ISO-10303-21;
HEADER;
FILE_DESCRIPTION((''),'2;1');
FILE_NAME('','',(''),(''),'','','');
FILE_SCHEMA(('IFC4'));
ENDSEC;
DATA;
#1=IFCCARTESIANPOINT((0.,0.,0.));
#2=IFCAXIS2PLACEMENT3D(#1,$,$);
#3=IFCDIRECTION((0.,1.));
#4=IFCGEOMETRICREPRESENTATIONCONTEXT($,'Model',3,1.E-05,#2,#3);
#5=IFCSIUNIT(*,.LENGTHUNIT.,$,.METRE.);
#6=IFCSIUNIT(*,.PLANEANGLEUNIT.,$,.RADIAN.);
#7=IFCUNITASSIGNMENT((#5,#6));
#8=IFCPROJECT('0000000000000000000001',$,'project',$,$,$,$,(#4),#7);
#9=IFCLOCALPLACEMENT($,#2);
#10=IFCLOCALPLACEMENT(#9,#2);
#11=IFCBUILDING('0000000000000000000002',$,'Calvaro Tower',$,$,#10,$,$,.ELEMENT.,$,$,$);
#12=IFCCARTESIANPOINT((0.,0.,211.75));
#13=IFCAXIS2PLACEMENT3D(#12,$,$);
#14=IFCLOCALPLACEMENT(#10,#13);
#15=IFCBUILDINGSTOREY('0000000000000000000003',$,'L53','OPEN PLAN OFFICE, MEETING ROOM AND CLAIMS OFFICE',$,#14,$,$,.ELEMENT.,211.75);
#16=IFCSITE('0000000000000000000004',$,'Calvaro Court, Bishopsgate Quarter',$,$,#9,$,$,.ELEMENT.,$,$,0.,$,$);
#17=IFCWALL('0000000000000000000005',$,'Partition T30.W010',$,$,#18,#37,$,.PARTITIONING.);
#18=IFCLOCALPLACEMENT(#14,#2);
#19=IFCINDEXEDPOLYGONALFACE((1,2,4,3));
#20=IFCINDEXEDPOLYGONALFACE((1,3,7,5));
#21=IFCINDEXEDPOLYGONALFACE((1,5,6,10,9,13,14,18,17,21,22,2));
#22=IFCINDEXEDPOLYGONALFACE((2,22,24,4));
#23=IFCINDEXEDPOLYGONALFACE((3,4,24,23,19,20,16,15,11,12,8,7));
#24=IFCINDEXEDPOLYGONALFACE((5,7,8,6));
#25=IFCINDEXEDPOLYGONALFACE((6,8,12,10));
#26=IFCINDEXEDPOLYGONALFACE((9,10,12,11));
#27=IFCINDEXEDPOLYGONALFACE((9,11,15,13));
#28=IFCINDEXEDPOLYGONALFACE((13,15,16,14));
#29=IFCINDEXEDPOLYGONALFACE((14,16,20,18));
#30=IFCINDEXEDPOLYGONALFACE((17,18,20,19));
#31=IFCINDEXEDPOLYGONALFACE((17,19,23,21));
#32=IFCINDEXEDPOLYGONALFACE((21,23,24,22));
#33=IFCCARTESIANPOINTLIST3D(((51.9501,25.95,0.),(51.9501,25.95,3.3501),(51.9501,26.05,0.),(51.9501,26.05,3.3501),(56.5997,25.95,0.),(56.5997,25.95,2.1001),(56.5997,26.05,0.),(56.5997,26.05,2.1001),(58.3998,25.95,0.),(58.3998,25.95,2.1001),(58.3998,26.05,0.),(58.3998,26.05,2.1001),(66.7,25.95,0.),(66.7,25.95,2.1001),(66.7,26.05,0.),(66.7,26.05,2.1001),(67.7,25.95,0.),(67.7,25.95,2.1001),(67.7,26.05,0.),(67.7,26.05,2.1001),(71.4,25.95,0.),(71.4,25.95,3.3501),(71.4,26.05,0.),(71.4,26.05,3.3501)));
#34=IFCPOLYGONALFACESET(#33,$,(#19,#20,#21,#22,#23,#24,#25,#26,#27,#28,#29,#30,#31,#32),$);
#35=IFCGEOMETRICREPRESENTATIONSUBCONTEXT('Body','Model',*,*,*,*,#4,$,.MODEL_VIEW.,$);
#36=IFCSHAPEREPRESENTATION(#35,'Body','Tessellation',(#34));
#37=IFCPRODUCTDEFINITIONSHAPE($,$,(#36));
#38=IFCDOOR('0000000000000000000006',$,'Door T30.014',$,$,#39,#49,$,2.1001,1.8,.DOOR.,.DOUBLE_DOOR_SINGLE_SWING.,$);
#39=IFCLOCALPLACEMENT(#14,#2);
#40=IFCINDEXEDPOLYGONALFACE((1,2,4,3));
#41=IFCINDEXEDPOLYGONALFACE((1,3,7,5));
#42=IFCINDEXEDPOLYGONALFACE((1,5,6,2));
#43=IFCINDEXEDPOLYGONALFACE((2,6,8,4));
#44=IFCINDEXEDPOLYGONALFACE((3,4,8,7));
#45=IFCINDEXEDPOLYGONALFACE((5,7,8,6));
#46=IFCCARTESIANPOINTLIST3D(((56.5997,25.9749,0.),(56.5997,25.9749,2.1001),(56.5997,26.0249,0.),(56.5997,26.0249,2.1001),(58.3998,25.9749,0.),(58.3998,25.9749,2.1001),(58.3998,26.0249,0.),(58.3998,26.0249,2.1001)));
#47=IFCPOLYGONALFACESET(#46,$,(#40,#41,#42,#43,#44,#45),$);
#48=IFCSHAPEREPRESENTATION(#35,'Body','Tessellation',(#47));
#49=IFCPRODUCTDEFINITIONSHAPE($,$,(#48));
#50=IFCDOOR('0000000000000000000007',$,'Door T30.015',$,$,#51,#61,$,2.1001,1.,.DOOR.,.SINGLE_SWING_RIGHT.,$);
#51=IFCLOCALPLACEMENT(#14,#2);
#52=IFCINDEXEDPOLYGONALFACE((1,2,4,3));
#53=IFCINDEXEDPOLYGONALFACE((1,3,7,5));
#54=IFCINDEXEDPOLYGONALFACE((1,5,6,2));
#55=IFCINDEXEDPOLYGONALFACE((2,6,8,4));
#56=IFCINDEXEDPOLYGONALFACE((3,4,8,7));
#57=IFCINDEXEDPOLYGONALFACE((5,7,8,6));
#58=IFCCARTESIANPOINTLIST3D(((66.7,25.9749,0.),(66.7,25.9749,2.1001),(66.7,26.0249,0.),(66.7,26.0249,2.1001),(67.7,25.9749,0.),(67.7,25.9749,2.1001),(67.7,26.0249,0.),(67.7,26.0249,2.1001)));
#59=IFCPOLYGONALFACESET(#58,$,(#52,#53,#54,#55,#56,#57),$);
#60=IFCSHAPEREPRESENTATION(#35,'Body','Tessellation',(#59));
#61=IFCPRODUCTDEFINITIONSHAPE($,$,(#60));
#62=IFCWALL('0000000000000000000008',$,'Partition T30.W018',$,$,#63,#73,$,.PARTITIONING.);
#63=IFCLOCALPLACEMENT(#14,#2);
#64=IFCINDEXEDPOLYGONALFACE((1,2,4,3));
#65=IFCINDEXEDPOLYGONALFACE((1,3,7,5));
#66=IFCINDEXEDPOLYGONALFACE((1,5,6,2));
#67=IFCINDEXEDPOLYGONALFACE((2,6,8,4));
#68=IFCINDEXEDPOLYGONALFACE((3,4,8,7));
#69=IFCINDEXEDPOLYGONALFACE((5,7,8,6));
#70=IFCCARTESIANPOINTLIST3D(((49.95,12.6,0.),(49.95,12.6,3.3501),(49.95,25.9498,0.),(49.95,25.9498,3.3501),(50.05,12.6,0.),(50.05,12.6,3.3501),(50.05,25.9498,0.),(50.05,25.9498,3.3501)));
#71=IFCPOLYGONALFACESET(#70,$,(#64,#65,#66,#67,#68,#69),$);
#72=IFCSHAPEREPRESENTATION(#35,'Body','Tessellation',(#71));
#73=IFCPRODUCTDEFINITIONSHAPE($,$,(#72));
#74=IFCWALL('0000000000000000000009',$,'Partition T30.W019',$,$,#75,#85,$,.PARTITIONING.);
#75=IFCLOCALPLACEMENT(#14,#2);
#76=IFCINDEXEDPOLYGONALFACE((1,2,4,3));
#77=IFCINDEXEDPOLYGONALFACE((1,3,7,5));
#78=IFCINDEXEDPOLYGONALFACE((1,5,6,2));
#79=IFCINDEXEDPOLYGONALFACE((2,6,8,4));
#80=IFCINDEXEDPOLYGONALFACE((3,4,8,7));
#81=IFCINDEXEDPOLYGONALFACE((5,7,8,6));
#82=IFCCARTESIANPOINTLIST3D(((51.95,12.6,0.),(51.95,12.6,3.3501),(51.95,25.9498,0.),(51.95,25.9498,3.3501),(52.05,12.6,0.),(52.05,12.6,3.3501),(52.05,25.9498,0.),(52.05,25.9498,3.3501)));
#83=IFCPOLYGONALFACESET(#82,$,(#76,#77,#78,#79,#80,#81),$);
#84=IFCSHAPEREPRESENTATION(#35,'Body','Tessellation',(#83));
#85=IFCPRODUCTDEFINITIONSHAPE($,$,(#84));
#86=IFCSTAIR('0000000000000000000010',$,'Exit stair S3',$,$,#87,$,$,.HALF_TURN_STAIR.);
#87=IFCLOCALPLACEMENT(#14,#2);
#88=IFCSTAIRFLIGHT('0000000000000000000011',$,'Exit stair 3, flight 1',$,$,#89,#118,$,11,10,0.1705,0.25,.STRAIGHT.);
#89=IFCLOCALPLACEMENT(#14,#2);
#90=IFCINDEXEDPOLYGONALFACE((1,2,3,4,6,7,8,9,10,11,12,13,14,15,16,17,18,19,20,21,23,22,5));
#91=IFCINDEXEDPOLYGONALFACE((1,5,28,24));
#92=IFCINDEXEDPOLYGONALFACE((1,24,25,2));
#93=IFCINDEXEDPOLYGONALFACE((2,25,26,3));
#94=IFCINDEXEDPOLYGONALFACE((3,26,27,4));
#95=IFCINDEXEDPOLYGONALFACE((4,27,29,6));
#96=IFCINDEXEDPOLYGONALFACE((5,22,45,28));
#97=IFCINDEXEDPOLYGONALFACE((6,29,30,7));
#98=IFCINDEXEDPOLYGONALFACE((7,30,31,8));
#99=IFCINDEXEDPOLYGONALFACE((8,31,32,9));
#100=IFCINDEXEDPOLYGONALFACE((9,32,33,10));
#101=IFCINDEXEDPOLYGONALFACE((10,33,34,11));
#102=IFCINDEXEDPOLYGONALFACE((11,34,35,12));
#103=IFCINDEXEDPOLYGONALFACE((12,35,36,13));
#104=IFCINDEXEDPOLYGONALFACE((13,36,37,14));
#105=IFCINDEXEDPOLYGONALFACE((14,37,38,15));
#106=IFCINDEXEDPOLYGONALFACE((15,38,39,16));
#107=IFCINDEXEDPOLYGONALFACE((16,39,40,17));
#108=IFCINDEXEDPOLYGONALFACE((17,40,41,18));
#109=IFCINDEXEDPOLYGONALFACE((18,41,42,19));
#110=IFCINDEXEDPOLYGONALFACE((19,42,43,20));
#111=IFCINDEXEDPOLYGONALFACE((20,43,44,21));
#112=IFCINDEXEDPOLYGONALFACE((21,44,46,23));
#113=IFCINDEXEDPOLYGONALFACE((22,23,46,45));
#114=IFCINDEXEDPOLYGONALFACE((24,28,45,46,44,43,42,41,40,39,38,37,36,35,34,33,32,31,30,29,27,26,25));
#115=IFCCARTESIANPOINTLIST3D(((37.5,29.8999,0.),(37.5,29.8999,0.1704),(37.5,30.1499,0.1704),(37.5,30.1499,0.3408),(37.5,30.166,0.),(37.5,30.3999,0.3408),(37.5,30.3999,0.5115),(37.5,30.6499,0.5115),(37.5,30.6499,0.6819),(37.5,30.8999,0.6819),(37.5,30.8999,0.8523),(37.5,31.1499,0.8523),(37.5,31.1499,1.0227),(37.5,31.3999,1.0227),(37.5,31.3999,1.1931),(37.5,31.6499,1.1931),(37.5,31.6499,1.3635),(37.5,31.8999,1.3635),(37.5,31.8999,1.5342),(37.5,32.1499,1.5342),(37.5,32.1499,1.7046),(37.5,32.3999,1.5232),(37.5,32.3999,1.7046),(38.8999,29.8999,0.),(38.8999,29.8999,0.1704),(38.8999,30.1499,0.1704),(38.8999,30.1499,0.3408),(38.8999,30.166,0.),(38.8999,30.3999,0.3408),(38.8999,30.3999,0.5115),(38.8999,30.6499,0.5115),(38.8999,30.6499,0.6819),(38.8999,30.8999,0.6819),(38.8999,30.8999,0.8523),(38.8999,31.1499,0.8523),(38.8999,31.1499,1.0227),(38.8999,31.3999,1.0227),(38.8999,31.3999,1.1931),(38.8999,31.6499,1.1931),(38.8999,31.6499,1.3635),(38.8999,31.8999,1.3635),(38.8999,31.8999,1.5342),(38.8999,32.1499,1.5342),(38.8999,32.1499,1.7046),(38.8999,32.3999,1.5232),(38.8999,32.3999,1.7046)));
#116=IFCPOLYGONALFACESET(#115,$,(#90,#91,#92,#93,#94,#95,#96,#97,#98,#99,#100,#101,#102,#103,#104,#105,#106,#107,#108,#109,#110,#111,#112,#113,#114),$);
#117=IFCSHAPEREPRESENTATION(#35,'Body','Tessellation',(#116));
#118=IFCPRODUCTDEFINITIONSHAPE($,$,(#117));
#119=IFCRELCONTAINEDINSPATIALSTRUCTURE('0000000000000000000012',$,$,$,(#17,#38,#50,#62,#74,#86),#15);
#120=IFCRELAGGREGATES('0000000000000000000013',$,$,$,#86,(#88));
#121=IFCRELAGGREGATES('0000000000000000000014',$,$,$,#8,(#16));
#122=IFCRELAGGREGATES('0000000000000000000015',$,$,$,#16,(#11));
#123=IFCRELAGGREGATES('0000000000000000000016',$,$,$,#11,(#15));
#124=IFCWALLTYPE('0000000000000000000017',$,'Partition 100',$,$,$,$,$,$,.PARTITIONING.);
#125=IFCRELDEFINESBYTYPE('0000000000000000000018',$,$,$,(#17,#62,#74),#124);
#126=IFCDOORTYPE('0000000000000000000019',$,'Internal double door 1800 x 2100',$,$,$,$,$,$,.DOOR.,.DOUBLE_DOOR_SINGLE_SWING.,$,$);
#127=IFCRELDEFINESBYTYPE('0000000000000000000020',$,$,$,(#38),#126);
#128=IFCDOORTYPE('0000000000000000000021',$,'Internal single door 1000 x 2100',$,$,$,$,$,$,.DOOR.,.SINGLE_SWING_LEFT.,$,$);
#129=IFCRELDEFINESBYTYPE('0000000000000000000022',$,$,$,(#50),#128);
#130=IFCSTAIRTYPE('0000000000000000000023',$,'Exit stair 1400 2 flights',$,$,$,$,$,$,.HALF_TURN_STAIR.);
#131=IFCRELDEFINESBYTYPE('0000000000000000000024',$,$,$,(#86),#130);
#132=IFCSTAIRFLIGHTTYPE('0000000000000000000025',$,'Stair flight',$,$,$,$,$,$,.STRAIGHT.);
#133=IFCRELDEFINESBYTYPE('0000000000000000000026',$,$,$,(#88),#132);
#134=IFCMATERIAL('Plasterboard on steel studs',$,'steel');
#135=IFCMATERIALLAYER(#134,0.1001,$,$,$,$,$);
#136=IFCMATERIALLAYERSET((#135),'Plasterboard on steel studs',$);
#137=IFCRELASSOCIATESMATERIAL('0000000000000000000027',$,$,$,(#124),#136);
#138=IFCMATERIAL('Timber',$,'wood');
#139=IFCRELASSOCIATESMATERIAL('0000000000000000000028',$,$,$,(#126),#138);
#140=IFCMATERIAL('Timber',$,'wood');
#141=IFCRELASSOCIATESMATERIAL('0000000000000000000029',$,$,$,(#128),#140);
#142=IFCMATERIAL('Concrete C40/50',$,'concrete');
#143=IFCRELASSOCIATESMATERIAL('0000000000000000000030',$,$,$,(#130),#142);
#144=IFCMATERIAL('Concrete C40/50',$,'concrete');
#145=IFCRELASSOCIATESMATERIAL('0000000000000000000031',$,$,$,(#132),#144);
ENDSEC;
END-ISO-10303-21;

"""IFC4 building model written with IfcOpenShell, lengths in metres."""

from ifc_helpers import new_model, si_unit, direction, frame, frame_2d, origin, place, context, subcontext, project, spatial, polyline, rectangle, outline, extrude, material, layer, layer_set, type_object, element, fill, aggregate, save


model = new_model("IFC4")

# Units and contexts
model_context = context("Model", 3, precision=1e-05, world=origin(), true_north=direction((0.0, 1.0)))
body_context = subcontext(model_context, "Body", "Model", "MODEL_VIEW")
ifc_project = project(units=[si_unit("LENGTHUNIT", "METRE"), si_unit("PLANEANGLEUNIT", "RADIAN")], contexts=[model_context])

# Site, building, storey
site_placement = place(None, origin())
site = spatial("IfcSite", under=ifc_project, at=site_placement, Name="Calvaro Court, Bishopsgate Quarter", CompositionType="ELEMENT", RefElevation=0.0)
building_placement = place(site_placement, origin())
building = spatial("IfcBuilding", under=site, at=building_placement, Name="Calvaro Tower", CompositionType="ELEMENT")
storey_placement = place(building_placement, frame((0.0, 0.0, 211.75)))
storey = spatial("IfcBuildingStorey", under=building, at=storey_placement, Name="L53", Description="OPEN PLAN OFFICE, MEETING ROOM AND CLAIMS OFFICE", CompositionType="ELEMENT", Elevation=211.75)

# Shared definitions
ifc_material_1 = material(Name="Plasterboard on steel studs", Category="steel")
ifc_layer_1 = layer(ifc_material_1, 0.1001)
ifc_layer_set_1 = layer_set([ifc_layer_1], Name="Plasterboard on steel studs")
wall_type_1 = type_object("IfcWallType", Name="Partition 100", PredefinedType="PARTITIONING", material=ifc_layer_set_1)
ifc_material_2 = material(Name="Timber", Category="wood")
door_type_1 = type_object("IfcDoorType", Name="Internal double door 1800 x 2100", OperationType="DOUBLE_DOOR_SINGLE_SWING", PredefinedType="DOOR", material=ifc_material_2)
ifc_material_3 = material(Name="Timber", Category="wood")
door_type_2 = type_object("IfcDoorType", Name="Internal single door 1000 x 2100", OperationType="SINGLE_SWING_LEFT", PredefinedType="DOOR", material=ifc_material_3)

# Wall, openings, doors
wall_1_placement = place(storey_placement, frame((51.95, 26.0, 0.0), z_axis=(0.0, 0.0, 1.0), x_axis=(1.0, 0.0, 0.0)))
wall_1 = element("IfcWall", 1, at=wall_1_placement, inside=storey, type_object=wall_type_1, Name="Partition T30.W010", PredefinedType="PARTITIONING", context=body_context, shape_type="SweptSolid", body=[
    extrude(rectangle(XDim=19.45, YDim=0.1001, at=frame_2d((9.7251, 0.0))), origin(), (0.0, 0.0, 1.0), 3.3501),
])
opening_1_placement = place(wall_1_placement, frame((4.6499, 0.0, 0.0)))
opening_1 = element("IfcOpeningElement", 2, at=opening_1_placement, cuts=wall_1, PredefinedType="OPENING", context=body_context, shape_type="SweptSolid", body=[
    extrude(rectangle(XDim=1.8, YDim=2.1001, at=frame_2d((0.8999, 1.05))), frame((0.0, 0.0601, 0.0), z_axis=(0.0, -1.0, 0.0), x_axis=(1.0, 0.0, 0.0)), (0.0, 0.0, 1.0), 0.1201),
])
opening_2_placement = place(wall_1_placement, frame((14.75, 0.0, 0.0)))
opening_2 = element("IfcOpeningElement", 3, at=opening_2_placement, cuts=wall_1, PredefinedType="OPENING", context=body_context, shape_type="SweptSolid", body=[
    extrude(rectangle(XDim=1.0, YDim=2.1001, at=frame_2d((0.5, 1.05))), frame((0.0, 0.0601, 0.0), z_axis=(0.0, -1.0, 0.0), x_axis=(1.0, 0.0, 0.0)), (0.0, 0.0, 1.0), 0.1201),
])
door_1_placement = place(opening_1_placement, origin())
door_1 = element("IfcDoor", 4, at=door_1_placement, inside=storey, type_object=door_type_1, Name="Door T30.014", OperationType="DOUBLE_DOOR_SINGLE_SWING", OverallHeight=2.1001, OverallWidth=1.8, PredefinedType="DOOR", context=body_context, shape_type="SweptSolid", body=[
    extrude(rectangle(XDim=1.8, YDim=2.1001, at=frame_2d((0.8999, 1.05))), frame((0.0, 0.0249, 0.0), z_axis=(0.0, -1.0, 0.0), x_axis=(1.0, 0.0, 0.0)), (0.0, 0.0, 1.0), 0.05),
])
fill(opening_1, door_1)
door_2_placement = place(opening_2_placement, origin())
door_2 = element("IfcDoor", 5, at=door_2_placement, inside=storey, type_object=door_type_2, Name="Door T30.015", OperationType="SINGLE_SWING_RIGHT", OverallHeight=2.1001, OverallWidth=1.0, PredefinedType="DOOR", context=body_context, shape_type="SweptSolid", body=[
    extrude(rectangle(XDim=1.0, YDim=2.1001, at=frame_2d((0.5, 1.05))), frame((0.0, 0.0249, 0.0), z_axis=(0.0, -1.0, 0.0), x_axis=(1.0, 0.0, 0.0)), (0.0, 0.0, 1.0), 0.05),
])
fill(opening_2, door_2)

# Walls
for number, where, z_axis, x_axis, name in (
    (6, (50.0, 12.6001, 0.0), (0.0, 0.0, 1.0), (0.0, 1.0, 0.0), "Partition T30.W018"),
    (7, (52.0, 12.6001, 0.0), (0.0, 0.0, 1.0), (0.0, 1.0, 0.0), "Partition T30.W019"),
):
    element("IfcWall", number, at=place(storey_placement, frame(where, z_axis=z_axis, x_axis=x_axis)), inside=storey, type_object=wall_type_1, Name=name, PredefinedType="PARTITIONING", context=body_context, shape_type="SweptSolid", body=[
        extrude(rectangle(XDim=13.3499, YDim=0.1001, at=frame_2d((6.6748, 0.0))), origin(), (0.0, 0.0, 1.0), 3.3501),
    ])

# Stair, stair flight
ifc_material_4 = material(Name="Concrete C40/50", Category="concrete")
stair_type = type_object("IfcStairType", Name="Exit stair 1400 2 flights", PredefinedType="HALF_TURN_STAIR", material=ifc_material_4)
stair_placement = place(storey_placement, origin())
stair = element("IfcStair", 8, at=stair_placement, inside=storey, type_object=stair_type, Name="Exit stair S3", PredefinedType="HALF_TURN_STAIR")
ifc_material_5 = material(Name="Concrete C40/50", Category="concrete")
stair_flight_type = type_object("IfcStairFlightType", Name="Stair flight", PredefinedType="STRAIGHT", material=ifc_material_5)
stair_flight_placement = place(storey_placement, frame((38.2, 29.8999, 0.0), z_axis=(0.0, 0.0, 1.0), x_axis=(0.0, 1.0, 0.0)))
stair_flight = element("IfcStairFlight", 9, at=stair_flight_placement, type_object=stair_flight_type, Name="Exit stair 3, flight 1", NumberOfRisers=11, NumberOfTreads=10, PredefinedType="STRAIGHT", RiserHeight=0.1705, TreadLength=0.25, context=body_context, shape_type="SweptSolid", body=[
    extrude(outline(polyline([(0.0, 0.0), (0.0, 0.1704), (0.25, 0.1704), (0.25, 0.3408), (0.5, 0.3408), (0.5, 0.5115), (0.75, 0.5115), (0.75, 0.6819), (1.0, 0.6819), (1.0, 0.8523), (1.25, 0.8523), (1.25, 1.0227), (1.5, 1.0227), (1.5, 1.1931), (1.75, 1.1931), (1.75, 1.3635), (2.0, 1.3635), (2.0, 1.5342), (2.25, 1.5342), (2.25, 1.7046), (2.5, 1.7046), (2.5, 1.875), (2.5, 1.5232), (0.2661, 0.0), (0.0, 0.0)])), frame((0.0, 0.7, 0.0), z_axis=(0.0, -1.0, 0.0), x_axis=(1.0, 0.0, 0.0)), (0.0, 0.0, 1.0), 1.3999),
])
aggregate(stair, [stair_flight])

save(model, "model.ifc")
